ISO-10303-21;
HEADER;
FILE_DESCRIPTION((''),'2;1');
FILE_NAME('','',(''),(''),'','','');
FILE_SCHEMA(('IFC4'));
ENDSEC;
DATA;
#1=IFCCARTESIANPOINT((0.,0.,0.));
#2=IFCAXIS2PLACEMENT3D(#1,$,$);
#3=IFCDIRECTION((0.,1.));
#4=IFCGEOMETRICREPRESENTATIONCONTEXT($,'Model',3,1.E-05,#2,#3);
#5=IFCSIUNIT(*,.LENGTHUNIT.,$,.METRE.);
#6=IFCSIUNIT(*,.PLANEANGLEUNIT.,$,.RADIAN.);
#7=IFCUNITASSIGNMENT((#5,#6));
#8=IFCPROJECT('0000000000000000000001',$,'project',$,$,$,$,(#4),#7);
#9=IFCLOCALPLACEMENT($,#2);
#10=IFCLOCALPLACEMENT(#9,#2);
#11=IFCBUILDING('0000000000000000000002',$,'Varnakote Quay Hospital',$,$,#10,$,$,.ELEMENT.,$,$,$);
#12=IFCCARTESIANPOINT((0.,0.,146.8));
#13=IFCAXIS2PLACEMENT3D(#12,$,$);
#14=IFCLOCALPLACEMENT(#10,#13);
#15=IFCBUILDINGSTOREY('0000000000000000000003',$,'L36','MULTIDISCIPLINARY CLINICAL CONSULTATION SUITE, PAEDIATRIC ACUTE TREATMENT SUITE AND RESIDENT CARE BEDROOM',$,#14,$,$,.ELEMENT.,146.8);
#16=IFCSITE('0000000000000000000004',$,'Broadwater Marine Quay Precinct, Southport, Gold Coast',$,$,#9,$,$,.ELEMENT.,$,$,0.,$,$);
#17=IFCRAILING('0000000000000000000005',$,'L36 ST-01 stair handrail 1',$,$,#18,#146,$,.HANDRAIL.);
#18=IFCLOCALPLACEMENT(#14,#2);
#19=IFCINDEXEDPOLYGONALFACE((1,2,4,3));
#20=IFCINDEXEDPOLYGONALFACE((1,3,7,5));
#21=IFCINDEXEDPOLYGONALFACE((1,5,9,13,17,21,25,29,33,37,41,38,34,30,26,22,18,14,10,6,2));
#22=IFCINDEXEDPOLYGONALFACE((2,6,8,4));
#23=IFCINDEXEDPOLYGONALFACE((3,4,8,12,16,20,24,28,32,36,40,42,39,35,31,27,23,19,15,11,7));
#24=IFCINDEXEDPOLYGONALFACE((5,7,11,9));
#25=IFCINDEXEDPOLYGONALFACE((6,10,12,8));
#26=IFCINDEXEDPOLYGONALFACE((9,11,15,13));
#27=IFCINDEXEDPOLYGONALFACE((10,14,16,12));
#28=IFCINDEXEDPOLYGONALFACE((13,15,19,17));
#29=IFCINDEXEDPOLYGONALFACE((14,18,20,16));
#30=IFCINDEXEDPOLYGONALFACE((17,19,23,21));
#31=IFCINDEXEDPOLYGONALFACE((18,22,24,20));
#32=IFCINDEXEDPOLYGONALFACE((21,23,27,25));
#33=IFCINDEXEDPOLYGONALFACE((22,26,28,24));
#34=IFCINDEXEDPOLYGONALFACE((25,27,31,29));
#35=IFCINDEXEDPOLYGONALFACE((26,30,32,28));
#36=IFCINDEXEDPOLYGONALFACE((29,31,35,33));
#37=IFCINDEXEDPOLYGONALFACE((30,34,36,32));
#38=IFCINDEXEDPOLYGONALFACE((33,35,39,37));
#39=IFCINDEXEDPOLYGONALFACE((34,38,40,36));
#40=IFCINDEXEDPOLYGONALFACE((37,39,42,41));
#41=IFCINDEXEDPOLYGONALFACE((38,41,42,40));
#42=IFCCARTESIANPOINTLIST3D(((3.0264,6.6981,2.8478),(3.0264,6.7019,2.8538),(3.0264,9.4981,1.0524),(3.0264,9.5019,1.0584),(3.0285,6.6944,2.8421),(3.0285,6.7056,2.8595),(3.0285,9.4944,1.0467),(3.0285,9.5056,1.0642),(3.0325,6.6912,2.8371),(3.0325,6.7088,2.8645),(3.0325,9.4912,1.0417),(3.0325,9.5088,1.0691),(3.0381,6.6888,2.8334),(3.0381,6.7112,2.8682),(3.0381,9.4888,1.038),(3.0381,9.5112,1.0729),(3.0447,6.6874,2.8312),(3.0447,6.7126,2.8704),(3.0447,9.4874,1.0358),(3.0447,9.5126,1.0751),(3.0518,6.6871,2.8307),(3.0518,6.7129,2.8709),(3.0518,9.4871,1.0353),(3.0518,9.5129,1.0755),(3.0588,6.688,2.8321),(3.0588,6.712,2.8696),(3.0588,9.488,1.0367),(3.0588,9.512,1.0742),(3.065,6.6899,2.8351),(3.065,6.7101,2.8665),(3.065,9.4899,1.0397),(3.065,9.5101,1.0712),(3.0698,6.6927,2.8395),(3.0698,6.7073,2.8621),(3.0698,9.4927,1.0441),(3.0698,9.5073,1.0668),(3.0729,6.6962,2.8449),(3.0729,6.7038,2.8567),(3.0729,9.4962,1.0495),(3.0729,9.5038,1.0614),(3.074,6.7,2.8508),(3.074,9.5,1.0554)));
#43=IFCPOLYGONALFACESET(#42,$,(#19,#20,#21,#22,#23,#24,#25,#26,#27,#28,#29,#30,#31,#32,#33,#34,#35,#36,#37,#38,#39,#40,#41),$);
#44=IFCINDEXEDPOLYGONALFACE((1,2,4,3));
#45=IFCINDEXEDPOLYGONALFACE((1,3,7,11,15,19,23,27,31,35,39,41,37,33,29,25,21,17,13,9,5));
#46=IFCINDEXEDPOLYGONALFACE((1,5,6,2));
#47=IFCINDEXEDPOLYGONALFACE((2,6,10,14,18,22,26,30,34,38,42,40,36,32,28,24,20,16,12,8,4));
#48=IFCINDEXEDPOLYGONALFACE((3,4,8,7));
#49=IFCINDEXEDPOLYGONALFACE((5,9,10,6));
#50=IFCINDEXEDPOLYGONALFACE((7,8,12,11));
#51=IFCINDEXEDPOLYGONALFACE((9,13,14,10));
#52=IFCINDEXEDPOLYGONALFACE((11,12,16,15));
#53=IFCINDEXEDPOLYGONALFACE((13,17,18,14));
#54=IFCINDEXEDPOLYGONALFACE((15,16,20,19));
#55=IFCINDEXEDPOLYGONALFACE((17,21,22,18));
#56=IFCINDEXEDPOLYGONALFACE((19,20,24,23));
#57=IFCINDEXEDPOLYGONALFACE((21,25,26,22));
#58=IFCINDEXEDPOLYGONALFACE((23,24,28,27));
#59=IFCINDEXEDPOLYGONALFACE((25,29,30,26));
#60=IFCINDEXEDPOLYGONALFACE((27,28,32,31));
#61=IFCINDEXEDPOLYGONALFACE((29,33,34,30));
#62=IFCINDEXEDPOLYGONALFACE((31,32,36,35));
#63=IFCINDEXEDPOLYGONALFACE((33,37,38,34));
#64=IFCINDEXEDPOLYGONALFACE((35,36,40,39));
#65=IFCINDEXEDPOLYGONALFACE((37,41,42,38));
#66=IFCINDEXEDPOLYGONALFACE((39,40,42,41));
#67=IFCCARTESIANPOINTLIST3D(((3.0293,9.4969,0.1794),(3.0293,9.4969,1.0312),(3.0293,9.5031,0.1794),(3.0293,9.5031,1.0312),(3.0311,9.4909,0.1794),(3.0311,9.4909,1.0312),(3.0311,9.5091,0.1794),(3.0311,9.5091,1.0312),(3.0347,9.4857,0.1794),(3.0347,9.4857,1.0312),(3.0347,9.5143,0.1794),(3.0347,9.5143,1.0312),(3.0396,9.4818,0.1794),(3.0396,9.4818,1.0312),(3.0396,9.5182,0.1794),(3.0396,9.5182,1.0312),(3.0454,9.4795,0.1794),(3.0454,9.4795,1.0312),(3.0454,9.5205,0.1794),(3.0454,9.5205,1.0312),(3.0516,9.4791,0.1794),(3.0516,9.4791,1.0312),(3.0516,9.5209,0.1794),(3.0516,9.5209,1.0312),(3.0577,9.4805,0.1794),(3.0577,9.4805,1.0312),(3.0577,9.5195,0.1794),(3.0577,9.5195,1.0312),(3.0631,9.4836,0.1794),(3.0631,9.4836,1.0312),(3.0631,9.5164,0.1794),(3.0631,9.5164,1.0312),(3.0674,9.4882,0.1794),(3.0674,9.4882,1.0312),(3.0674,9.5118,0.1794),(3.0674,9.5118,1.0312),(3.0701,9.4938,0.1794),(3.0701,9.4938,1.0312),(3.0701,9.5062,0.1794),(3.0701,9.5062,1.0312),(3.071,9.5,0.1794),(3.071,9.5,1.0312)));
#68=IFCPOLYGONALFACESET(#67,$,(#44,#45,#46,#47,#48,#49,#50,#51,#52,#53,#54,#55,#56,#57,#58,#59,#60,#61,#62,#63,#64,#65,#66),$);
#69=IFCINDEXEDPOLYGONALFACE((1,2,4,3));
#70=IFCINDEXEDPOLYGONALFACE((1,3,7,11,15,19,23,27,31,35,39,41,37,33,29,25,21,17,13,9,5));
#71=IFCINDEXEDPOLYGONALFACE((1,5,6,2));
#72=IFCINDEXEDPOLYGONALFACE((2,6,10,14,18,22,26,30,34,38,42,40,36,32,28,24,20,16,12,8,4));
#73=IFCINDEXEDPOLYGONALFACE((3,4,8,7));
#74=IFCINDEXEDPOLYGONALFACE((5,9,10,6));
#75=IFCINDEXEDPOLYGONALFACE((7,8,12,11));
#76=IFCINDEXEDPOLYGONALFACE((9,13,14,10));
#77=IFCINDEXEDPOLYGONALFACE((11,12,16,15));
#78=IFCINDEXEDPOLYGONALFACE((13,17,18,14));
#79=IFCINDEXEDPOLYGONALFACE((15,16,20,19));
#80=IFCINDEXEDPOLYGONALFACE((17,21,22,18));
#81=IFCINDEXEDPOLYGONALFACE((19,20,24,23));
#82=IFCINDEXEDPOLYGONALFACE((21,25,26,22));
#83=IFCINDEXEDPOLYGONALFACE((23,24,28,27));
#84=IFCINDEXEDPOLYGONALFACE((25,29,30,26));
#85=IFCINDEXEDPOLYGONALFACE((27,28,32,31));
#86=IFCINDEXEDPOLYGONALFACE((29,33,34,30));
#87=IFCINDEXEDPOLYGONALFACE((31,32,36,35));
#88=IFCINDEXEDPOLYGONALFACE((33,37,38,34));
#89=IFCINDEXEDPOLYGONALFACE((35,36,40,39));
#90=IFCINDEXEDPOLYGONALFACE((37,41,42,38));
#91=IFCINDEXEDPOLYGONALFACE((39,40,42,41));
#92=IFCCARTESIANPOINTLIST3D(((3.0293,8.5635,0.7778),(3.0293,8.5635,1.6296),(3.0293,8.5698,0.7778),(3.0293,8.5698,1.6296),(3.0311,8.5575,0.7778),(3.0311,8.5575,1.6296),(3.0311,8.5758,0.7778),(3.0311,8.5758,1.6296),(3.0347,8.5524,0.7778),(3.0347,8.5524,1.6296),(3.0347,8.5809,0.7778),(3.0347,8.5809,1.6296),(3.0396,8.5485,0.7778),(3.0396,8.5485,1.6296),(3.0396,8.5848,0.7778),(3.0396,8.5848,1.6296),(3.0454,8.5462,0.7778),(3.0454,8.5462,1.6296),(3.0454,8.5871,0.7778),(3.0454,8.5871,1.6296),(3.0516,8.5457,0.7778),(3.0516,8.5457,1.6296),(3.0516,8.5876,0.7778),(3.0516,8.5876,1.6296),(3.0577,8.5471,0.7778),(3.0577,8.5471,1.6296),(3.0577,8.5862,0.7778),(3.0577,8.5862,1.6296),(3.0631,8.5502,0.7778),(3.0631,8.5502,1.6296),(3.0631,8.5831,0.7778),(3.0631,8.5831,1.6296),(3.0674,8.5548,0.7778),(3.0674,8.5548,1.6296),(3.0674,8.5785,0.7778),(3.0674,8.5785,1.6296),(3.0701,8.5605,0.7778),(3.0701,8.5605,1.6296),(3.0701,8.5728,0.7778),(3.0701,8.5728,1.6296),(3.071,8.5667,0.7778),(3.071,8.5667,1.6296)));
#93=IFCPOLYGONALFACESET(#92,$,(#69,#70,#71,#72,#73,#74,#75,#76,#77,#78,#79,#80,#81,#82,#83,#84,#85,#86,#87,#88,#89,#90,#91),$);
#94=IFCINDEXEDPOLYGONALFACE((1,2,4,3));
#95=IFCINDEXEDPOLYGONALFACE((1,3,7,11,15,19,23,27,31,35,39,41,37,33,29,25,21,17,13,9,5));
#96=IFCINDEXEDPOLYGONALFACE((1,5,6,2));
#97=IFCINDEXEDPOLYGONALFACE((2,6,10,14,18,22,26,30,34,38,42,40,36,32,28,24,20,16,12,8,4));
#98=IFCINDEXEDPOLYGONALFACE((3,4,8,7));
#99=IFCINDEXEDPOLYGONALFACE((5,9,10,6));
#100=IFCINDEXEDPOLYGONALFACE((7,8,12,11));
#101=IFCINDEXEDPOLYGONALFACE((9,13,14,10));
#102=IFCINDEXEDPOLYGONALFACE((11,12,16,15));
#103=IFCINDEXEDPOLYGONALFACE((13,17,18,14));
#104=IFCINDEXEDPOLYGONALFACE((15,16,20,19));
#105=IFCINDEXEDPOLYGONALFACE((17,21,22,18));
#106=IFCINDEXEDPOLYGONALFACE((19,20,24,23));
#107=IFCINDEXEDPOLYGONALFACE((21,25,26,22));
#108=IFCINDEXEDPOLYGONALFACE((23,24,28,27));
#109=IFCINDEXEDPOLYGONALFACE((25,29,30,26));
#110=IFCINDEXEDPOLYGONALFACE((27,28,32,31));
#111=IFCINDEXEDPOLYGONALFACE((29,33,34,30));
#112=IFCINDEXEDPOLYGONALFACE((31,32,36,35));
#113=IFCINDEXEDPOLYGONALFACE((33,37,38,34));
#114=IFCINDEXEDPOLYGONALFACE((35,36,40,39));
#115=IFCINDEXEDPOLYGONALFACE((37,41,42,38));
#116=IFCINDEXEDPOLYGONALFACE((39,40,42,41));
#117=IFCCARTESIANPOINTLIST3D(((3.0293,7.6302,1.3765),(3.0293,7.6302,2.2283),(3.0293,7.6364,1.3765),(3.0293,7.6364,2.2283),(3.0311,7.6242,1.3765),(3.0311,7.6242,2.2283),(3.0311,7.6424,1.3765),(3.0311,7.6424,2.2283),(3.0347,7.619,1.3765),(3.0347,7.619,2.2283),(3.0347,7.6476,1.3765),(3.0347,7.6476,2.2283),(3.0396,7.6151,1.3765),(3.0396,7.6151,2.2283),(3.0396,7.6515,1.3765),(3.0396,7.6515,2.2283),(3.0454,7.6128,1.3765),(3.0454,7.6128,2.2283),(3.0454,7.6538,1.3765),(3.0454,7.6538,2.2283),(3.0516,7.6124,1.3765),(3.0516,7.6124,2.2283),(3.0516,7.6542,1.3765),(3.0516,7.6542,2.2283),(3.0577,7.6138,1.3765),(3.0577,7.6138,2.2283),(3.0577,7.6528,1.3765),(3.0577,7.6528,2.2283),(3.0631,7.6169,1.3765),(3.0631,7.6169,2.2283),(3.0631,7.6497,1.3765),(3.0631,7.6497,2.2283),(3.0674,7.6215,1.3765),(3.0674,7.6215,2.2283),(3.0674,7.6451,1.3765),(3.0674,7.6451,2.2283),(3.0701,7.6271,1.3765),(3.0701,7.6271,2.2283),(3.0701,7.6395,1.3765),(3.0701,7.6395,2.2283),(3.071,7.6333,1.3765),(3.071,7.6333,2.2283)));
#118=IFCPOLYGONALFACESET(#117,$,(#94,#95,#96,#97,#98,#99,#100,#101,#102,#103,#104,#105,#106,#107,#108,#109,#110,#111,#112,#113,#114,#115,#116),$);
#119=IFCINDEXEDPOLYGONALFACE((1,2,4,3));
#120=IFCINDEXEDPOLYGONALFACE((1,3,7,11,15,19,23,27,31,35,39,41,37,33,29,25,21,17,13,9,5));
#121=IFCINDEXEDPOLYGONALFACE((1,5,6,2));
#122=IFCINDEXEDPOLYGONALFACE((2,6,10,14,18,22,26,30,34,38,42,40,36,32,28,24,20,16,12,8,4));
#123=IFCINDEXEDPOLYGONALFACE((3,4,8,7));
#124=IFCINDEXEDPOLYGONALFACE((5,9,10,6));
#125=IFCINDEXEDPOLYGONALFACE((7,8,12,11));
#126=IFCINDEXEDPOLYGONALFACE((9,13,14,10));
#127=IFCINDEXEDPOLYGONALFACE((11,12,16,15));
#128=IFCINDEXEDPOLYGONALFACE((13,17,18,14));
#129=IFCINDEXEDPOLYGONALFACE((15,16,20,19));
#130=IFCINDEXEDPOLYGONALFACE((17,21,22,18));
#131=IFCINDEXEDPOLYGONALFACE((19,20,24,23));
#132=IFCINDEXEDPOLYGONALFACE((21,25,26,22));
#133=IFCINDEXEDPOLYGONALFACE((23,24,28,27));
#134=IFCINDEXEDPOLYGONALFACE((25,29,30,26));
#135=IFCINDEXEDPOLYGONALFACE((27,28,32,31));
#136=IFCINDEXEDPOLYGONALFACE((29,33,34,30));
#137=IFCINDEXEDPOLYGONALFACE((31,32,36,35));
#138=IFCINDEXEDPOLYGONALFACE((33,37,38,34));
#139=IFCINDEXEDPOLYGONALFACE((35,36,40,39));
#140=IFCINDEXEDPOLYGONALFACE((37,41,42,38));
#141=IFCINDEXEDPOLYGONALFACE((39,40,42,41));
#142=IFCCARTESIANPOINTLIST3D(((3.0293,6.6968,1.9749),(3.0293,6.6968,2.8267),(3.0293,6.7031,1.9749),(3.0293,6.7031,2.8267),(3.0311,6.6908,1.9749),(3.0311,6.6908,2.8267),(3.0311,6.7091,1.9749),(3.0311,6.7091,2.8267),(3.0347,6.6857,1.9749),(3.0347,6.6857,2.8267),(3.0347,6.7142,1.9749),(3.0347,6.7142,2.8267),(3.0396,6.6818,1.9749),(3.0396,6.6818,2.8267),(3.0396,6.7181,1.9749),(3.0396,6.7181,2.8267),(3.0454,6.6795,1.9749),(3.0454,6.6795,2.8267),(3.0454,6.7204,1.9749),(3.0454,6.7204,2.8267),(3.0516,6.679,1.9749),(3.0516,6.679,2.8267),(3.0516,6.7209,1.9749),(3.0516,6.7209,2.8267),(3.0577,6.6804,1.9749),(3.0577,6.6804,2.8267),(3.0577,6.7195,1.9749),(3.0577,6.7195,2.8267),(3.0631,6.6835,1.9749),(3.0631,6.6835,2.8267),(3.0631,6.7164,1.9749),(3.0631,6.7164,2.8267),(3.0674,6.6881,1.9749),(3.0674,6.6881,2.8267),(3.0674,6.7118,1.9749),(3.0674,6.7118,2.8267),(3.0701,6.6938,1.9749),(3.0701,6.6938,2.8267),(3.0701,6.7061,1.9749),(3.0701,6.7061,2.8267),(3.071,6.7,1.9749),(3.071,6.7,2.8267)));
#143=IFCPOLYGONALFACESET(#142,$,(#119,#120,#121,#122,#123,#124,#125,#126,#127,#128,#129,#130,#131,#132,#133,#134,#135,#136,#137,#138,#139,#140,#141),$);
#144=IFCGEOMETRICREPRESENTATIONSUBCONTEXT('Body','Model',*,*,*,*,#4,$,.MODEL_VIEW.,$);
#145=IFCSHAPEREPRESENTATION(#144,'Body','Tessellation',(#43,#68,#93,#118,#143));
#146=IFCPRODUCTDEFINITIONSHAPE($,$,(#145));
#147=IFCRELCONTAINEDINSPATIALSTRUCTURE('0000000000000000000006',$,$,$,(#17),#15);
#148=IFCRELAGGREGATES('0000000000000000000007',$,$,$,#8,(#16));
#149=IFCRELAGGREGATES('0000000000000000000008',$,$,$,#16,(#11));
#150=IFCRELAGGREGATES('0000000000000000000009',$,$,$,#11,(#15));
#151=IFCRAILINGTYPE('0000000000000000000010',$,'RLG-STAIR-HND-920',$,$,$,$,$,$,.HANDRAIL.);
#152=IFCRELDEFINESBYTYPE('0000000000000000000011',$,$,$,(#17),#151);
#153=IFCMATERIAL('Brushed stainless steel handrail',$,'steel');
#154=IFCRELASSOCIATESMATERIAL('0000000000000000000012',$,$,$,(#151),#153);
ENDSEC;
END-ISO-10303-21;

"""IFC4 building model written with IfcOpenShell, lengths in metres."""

from ifc_helpers import new_model, si_unit, direction, frame, origin, origin_2d, place, context, subcontext, project, spatial, circle, extrude, material, type_object, element, save


model = new_model("IFC4")

# Units and contexts
model_context = context("Model", 3, precision=1e-05, world=origin(), true_north=direction((0.0, 1.0)))
body_context = subcontext(model_context, "Body", "Model", "MODEL_VIEW")
ifc_project = project(units=[si_unit("LENGTHUNIT", "METRE"), si_unit("PLANEANGLEUNIT", "RADIAN")], contexts=[model_context])

# Site, building, storey
site_placement = place(None, origin())
site = spatial("IfcSite", under=ifc_project, at=site_placement, Name="Broadwater Marine Quay Precinct, Southport, Gold Coast", CompositionType="ELEMENT", RefElevation=0.0)
building_placement = place(site_placement, origin())
building = spatial("IfcBuilding", under=site, at=building_placement, Name="Varnakote Quay Hospital", CompositionType="ELEMENT")
storey_placement = place(building_placement, frame((0.0, 0.0, 146.8)))
storey = spatial("IfcBuildingStorey", under=building, at=storey_placement, Name="L36", Description="MULTIDISCIPLINARY CLINICAL CONSULTATION SUITE, PAEDIATRIC ACUTE TREATMENT SUITE AND RESIDENT CARE BEDROOM", CompositionType="ELEMENT", Elevation=146.8)

# Railing
ifc_material_1 = material(Name="Brushed stainless steel handrail", Category="steel")
railing_type_1 = type_object("IfcRailingType", Name="RLG-STAIR-HND-920", PredefinedType="HANDRAIL", material=ifc_material_1)
railing_1_placement = place(storey_placement, frame((3.05, 9.5, 0.1794)))
element("IfcRailing", 1, at=railing_1_placement, inside=storey, type_object=railing_type_1, Name="L36 ST-01 stair handrail 1", PredefinedType="HANDRAIL", context=body_context, shape_type="SweptSolid", body=[
    extrude(circle(Radius=0.0239, at=origin_2d()), frame((0.0, 0.0, 0.876), z_axis=(0.0, -0.84181, 0.539774), x_axis=(1.0, 0.0, 0.0)), (0.0, 0.0, 1.0), 3.3262),
    extrude(circle(Radius=0.021, at=origin_2d()), origin(), (0.0, 0.0, 1.0), 0.8518),
    extrude(circle(Radius=0.021, at=origin_2d()), frame((0.0, -0.9333, 0.5984)), (0.0, 0.0, 1.0), 0.8518),
    extrude(circle(Radius=0.021, at=origin_2d()), frame((0.0, -1.8667, 1.197)), (0.0, 0.0, 1.0), 0.8518),
    extrude(circle(Radius=0.021, at=origin_2d()), frame((0.0, -2.8, 1.7954)), (0.0, 0.0, 1.0), 0.8518),
])

save(model, "model.ifc")
